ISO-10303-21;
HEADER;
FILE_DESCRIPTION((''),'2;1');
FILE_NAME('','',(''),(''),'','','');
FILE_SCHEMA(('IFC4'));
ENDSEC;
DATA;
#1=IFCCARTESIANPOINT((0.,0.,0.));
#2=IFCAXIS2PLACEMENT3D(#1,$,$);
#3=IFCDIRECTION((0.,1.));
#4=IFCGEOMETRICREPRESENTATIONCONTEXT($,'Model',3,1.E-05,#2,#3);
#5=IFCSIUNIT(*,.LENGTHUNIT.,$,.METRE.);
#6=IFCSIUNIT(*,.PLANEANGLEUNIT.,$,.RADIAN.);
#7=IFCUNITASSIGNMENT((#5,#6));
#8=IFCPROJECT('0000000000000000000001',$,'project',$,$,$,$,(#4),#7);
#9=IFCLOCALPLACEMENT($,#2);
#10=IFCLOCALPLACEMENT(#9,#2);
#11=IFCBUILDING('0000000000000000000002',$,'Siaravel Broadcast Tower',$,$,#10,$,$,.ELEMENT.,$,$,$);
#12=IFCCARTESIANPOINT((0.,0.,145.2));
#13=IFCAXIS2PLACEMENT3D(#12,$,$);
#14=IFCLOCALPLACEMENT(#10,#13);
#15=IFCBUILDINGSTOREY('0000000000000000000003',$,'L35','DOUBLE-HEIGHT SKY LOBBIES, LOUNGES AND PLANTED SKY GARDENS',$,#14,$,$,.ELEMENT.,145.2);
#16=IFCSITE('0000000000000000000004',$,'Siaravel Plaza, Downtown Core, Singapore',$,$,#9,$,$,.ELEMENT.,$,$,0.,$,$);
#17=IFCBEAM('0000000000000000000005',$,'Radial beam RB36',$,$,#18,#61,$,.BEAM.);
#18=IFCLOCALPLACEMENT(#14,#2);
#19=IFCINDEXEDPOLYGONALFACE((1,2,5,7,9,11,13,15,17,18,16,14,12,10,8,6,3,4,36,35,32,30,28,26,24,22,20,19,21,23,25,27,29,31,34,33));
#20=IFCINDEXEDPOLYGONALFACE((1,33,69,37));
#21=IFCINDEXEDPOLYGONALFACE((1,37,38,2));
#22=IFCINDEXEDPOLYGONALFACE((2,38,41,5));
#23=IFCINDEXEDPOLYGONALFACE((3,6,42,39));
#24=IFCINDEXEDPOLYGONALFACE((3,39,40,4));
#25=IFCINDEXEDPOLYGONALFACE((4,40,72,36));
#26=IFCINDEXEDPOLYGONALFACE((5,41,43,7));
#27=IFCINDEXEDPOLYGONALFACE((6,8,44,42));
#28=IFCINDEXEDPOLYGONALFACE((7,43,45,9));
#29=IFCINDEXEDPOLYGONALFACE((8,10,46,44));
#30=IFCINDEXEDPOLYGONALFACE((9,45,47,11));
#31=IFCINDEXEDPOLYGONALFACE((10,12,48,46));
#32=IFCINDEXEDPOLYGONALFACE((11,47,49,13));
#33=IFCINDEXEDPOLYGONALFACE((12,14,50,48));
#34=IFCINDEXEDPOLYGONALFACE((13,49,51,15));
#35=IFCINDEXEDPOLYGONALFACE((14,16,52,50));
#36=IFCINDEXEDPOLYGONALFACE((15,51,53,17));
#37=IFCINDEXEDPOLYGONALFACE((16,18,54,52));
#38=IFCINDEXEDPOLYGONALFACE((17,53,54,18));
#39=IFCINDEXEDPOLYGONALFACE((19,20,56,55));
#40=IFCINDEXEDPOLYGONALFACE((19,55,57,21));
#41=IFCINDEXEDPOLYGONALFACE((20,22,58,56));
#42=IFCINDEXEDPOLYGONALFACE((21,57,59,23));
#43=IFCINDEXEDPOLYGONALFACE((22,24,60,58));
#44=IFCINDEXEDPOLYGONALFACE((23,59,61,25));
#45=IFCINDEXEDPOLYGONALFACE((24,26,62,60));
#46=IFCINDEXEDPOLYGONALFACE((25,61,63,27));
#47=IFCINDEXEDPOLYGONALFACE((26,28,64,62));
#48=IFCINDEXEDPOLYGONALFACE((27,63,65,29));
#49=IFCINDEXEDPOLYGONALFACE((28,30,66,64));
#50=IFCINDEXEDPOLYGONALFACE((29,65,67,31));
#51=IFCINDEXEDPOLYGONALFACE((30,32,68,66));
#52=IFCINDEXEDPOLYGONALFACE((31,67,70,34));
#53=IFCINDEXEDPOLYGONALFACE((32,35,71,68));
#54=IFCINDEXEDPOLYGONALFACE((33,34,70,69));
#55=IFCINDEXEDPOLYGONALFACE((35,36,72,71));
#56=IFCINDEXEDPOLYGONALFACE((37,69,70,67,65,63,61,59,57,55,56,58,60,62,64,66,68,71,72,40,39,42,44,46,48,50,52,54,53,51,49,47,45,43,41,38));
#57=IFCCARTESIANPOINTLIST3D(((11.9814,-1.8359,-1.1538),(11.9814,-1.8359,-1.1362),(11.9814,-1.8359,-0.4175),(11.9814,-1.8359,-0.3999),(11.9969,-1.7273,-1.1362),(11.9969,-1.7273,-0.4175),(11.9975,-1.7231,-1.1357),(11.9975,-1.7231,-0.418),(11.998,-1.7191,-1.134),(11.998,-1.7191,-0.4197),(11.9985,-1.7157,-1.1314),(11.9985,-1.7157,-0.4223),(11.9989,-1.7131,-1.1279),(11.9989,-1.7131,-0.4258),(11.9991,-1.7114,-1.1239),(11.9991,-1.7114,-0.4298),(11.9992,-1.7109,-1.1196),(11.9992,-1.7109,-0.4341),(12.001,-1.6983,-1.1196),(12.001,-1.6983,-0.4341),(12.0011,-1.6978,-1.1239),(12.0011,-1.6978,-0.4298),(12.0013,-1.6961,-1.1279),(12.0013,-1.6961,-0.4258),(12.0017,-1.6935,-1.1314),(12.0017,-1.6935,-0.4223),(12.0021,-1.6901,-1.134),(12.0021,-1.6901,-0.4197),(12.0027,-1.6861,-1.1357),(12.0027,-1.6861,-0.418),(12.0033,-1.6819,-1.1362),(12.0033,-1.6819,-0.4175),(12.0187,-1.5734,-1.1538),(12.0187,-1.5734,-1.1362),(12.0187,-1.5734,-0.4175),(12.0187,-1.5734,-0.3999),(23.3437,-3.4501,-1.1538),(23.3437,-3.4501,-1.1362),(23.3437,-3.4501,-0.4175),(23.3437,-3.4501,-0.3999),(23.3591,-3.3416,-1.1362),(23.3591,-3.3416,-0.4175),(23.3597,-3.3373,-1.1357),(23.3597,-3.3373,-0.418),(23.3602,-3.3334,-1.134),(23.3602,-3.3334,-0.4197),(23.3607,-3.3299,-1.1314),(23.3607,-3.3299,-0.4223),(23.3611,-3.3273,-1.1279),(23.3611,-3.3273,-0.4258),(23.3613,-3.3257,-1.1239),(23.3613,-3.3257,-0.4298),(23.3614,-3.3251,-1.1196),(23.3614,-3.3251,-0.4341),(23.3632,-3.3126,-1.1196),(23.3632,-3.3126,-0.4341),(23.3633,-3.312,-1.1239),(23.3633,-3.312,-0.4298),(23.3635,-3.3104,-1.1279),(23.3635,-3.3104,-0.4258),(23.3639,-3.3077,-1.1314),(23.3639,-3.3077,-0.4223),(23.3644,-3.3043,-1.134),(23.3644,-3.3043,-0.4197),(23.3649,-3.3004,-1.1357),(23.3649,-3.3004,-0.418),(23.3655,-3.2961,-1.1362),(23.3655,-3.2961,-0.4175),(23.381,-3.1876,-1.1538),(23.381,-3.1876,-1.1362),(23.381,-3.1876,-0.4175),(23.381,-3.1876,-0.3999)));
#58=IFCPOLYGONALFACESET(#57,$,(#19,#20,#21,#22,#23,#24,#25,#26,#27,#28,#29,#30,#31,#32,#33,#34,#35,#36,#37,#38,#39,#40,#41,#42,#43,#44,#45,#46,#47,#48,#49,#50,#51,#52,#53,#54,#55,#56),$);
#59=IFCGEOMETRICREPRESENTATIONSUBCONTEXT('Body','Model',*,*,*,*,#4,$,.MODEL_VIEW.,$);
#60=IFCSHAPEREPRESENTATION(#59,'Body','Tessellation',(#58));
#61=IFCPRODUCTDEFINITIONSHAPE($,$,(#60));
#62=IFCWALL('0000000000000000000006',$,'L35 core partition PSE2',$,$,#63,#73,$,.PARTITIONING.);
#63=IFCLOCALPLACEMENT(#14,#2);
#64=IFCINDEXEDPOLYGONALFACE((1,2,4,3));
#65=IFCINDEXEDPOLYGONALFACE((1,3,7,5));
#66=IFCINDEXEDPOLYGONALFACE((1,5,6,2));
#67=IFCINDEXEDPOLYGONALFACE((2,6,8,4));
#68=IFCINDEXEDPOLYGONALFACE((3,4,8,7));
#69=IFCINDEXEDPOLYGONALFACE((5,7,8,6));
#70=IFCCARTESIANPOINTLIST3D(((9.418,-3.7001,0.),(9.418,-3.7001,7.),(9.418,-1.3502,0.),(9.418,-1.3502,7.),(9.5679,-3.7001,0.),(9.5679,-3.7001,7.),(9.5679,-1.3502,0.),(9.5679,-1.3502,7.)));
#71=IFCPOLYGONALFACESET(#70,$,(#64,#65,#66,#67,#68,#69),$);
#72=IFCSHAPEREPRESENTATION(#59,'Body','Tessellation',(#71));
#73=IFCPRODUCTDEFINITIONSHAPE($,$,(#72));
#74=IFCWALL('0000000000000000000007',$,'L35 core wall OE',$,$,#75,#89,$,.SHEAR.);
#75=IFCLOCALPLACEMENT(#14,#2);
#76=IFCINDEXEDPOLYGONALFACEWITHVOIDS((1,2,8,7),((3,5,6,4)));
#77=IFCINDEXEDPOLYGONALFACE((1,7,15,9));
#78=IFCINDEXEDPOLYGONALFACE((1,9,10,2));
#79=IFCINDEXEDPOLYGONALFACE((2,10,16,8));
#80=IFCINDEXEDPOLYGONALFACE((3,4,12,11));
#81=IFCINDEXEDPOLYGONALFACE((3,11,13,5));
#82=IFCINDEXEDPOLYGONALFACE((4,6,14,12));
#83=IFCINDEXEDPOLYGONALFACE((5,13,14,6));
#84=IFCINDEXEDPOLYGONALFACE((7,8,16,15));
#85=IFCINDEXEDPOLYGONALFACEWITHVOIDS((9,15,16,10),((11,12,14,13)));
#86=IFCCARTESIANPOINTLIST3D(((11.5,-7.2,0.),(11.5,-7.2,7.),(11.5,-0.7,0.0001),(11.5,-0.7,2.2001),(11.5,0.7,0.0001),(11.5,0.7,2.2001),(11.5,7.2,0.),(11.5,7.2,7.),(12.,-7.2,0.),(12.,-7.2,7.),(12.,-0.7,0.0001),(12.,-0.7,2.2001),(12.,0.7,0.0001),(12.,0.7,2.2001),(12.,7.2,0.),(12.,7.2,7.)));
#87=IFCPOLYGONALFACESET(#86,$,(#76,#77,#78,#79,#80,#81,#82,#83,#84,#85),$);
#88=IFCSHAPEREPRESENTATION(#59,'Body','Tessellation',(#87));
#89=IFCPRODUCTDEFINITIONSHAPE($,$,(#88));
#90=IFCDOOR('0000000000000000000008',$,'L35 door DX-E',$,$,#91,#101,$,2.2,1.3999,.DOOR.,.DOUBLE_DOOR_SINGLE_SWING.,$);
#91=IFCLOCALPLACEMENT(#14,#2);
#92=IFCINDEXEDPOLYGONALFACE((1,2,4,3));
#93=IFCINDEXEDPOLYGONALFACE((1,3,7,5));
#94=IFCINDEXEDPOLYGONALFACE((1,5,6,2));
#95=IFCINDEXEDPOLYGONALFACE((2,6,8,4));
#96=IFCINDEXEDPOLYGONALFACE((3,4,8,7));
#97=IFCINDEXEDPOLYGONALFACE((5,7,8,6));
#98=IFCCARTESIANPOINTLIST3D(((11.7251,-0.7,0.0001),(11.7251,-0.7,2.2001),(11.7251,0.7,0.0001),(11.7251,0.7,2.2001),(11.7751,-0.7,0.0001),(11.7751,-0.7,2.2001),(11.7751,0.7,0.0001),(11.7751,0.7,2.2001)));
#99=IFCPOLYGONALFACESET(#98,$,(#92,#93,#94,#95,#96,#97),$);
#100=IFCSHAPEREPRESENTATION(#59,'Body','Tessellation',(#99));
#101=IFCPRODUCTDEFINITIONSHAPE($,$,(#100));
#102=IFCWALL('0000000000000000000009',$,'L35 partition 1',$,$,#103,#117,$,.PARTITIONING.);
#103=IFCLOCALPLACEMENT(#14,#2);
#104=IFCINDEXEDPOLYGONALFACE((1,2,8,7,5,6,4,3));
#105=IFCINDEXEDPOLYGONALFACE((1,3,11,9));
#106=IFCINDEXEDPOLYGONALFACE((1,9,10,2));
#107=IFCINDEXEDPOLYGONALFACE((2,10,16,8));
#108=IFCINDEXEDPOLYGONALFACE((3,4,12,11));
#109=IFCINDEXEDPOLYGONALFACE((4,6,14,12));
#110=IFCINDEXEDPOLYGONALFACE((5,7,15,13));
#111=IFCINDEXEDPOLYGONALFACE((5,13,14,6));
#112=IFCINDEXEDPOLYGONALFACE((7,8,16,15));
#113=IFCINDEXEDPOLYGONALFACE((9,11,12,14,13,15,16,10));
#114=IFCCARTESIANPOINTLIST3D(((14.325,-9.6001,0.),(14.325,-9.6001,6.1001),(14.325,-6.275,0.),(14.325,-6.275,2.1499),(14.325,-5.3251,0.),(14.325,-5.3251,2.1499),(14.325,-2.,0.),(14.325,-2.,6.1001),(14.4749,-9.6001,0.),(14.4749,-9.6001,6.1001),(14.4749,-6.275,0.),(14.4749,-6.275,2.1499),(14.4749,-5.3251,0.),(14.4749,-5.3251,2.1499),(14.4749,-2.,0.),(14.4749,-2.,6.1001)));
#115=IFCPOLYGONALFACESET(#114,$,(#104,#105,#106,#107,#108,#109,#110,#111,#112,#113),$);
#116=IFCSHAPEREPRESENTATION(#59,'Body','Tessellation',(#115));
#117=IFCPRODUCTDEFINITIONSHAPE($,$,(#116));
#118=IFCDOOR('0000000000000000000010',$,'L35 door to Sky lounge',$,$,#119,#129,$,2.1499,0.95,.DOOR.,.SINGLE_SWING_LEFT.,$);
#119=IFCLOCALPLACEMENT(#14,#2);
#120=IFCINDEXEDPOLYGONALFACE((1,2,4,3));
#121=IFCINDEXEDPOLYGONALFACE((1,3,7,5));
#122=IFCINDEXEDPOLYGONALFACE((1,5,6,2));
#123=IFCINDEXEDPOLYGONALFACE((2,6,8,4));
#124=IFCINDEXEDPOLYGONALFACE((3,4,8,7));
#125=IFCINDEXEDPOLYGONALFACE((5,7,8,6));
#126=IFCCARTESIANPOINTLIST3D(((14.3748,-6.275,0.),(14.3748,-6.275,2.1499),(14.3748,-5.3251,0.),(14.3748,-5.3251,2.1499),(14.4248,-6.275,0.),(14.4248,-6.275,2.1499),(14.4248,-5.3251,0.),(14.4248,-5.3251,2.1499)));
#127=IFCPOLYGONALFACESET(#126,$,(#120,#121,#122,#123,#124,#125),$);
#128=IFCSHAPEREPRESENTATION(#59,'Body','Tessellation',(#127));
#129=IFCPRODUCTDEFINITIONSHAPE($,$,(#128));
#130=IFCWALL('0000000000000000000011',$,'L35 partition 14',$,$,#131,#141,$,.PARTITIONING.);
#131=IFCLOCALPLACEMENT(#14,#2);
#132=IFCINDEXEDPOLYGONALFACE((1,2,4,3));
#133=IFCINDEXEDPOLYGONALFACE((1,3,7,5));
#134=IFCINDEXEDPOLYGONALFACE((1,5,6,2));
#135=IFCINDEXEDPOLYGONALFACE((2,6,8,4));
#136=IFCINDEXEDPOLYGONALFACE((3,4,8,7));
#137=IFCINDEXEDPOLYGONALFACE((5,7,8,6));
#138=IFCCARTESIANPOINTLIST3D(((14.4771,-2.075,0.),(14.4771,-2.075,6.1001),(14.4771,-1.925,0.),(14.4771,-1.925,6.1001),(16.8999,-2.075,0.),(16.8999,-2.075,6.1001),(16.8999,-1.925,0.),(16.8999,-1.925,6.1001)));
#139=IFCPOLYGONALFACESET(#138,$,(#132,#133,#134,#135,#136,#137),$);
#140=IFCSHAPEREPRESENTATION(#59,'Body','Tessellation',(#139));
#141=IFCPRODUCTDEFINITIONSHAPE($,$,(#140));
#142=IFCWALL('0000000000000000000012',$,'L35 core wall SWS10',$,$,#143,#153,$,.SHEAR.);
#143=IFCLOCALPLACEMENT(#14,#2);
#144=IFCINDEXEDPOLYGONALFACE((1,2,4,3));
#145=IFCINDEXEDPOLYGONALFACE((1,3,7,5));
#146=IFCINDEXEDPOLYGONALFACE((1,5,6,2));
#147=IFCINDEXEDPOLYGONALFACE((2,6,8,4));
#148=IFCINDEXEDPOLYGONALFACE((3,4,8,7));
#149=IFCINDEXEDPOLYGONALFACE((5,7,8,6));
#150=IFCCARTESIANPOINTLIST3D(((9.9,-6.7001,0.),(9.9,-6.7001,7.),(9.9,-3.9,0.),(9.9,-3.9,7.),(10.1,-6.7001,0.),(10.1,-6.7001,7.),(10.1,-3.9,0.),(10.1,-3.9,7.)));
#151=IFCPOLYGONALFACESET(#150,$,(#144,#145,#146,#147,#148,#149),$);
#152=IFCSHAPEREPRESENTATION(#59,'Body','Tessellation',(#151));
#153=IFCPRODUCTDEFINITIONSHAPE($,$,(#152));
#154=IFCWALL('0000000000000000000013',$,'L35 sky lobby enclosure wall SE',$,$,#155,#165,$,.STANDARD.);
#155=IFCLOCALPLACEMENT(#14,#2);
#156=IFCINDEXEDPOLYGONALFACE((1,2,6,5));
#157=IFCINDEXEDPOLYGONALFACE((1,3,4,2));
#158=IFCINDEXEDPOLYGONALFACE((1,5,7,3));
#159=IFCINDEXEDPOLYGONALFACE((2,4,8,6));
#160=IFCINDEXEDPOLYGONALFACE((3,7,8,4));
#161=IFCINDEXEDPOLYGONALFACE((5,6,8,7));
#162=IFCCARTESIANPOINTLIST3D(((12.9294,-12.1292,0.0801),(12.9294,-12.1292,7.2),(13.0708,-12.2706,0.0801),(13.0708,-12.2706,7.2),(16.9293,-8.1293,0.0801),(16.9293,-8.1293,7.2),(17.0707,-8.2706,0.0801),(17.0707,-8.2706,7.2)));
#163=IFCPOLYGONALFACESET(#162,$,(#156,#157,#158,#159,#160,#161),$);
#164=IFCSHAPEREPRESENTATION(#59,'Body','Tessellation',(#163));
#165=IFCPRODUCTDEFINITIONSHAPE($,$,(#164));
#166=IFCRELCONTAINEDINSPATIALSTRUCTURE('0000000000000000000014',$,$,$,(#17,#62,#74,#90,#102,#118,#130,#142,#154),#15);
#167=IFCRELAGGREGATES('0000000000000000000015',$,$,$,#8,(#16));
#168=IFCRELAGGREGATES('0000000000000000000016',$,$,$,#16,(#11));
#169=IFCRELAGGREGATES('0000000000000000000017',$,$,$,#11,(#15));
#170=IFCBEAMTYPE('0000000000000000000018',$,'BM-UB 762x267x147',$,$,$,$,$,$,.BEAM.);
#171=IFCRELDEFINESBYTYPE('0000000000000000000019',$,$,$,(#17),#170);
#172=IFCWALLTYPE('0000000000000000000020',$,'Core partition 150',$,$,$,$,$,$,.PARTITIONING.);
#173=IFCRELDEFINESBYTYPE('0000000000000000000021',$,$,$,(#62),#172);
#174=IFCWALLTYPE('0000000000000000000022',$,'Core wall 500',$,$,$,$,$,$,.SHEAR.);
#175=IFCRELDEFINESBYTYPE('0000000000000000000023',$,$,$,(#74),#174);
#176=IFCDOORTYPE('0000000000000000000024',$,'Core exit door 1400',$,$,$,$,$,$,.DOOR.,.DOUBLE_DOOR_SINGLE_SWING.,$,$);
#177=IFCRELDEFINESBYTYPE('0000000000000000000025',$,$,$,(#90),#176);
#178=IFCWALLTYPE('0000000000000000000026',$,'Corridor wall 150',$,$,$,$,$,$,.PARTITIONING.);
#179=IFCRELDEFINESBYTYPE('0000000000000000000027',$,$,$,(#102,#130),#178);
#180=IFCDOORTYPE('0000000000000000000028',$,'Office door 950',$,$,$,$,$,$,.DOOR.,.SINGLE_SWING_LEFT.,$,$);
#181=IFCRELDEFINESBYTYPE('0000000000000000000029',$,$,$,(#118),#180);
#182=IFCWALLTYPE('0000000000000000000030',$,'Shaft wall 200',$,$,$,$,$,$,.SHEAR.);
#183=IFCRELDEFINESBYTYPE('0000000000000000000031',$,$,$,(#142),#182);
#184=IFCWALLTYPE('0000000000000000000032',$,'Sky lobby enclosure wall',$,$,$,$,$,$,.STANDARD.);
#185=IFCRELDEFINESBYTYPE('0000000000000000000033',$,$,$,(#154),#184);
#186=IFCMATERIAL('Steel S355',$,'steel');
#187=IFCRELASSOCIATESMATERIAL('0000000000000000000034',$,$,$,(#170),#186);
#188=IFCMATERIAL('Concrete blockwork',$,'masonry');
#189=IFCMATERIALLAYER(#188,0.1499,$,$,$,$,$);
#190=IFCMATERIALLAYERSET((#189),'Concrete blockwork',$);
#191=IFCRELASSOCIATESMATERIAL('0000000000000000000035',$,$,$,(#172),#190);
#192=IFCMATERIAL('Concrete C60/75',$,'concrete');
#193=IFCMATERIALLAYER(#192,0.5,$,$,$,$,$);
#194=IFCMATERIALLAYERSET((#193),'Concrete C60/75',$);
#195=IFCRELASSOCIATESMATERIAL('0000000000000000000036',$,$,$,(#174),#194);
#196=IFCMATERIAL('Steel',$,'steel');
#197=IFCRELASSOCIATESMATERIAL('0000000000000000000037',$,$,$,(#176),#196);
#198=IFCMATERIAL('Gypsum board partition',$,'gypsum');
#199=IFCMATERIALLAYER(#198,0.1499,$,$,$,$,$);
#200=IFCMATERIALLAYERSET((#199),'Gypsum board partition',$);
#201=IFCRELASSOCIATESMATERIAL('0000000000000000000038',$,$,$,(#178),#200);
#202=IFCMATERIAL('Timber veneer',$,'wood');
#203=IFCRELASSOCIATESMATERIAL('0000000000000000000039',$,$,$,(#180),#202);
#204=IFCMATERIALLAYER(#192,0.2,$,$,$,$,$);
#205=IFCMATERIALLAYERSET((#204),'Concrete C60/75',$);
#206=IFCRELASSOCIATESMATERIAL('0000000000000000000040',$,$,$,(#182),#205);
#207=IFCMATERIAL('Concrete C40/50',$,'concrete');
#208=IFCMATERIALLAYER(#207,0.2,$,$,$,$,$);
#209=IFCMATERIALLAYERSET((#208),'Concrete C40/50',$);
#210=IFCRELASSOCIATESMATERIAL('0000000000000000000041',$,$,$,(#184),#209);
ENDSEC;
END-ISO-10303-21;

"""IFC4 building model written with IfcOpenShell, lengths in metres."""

from ifc_helpers import new_model, si_unit, direction, frame, frame_2d, origin, origin_2d, place, context, subcontext, project, spatial, rectangle, i_section, extrude, material, layer, layer_set, material_profile, profile_set, type_object, element, fill, save


model = new_model("IFC4")

# Units and contexts
model_context = context("Model", 3, precision=1e-05, world=origin(), true_north=direction((0.0, 1.0)))
body_context = subcontext(model_context, "Body", "Model", "MODEL_VIEW")
ifc_project = project(units=[si_unit("LENGTHUNIT", "METRE"), si_unit("PLANEANGLEUNIT", "RADIAN")], contexts=[model_context])

# Site, building, storey
site_placement = place(None, origin())
site = spatial("IfcSite", under=ifc_project, at=site_placement, Name="Siaravel Plaza, Downtown Core, Singapore", CompositionType="ELEMENT", RefElevation=0.0)
building_placement = place(site_placement, origin())
building = spatial("IfcBuilding", under=site, at=building_placement, Name="Siaravel Broadcast Tower", CompositionType="ELEMENT")
storey_placement = place(building_placement, frame((0.0, 0.0, 145.2)))
storey = spatial("IfcBuildingStorey", under=building, at=storey_placement, Name="L35", Description="DOUBLE-HEIGHT SKY LOBBIES, LOUNGES AND PLANTED SKY GARDENS", CompositionType="ELEMENT", Elevation=145.2)

# Shared definitions
ifc_material_1 = material(Name="Concrete C60/75", Category="concrete")

# Beam
ifc_material_2 = material(Name="Steel S355", Category="steel")
ifc_material_profile_1 = material_profile(ifc_material_2, i_section(OverallWidth=0.2651, OverallDepth=0.7539, WebThickness=0.0127, FlangeThickness=0.0176, FilletRadius=0.0166, at=origin_2d()))
ifc_profile_set_1 = profile_set([ifc_material_profile_1], Name="Steel S355")
beam_type = type_object("IfcBeamType", Name="BM-UB 762x267x147", PredefinedType="BEAM", material=ifc_profile_set_1)
beam_1_placement = place(storey_placement, frame((23.3623, -3.3188, -0.7769), z_axis=(-0.990058, 0.140659, 0.0), x_axis=(-0.140659, -0.990058, 0.0)))
element("IfcBeam", 1, at=beam_1_placement, inside=storey, type_object=beam_type, Name="Radial beam RB36", PredefinedType="BEAM", context=body_context, shape_type="SweptSolid", body=[
    extrude(i_section(OverallWidth=0.2651, OverallDepth=0.7539, WebThickness=0.0127, FlangeThickness=0.0176, FilletRadius=0.0166, at=origin_2d()), origin(), (0.0, 0.0, 1.0), 11.4763),
])

# Wall
ifc_material_3 = material(Name="Concrete blockwork", Category="masonry")
ifc_layer_1 = layer(ifc_material_3, 0.1499)
ifc_layer_set_1 = layer_set([ifc_layer_1], Name="Concrete blockwork")
wall_type_1 = type_object("IfcWallType", Name="Core partition 150", PredefinedType="PARTITIONING", material=ifc_layer_set_1)
wall_1_placement = place(storey_placement, frame((9.4929, -3.7, 0.0), z_axis=(0.0, 0.0, 1.0), x_axis=(0.0, 1.0, 0.0)))
element("IfcWall", 2, at=wall_1_placement, inside=storey, type_object=wall_type_1, Name="L35 core partition PSE2", PredefinedType="PARTITIONING", context=body_context, shape_type="SweptSolid", body=[
    extrude(rectangle(XDim=2.3499, YDim=0.1499, at=frame_2d((1.1748, 0.0))), origin(), (0.0, 0.0, 1.0), 7.0),
])

# Walls, openings, doors
ifc_layer_2 = layer(ifc_material_1, 0.5)
ifc_layer_set_2 = layer_set([ifc_layer_2], Name="Concrete C60/75")
wall_type_2 = type_object("IfcWallType", Name="Core wall 500", PredefinedType="SHEAR", material=ifc_layer_set_2)
wall_2_placement = place(storey_placement, frame((11.75, -7.2, 0.0), z_axis=(0.0, 0.0, 1.0), x_axis=(0.0, 1.0, 0.0)))
wall_2 = element("IfcWall", 3, at=wall_2_placement, inside=storey, type_object=wall_type_2, Name="L35 core wall OE", PredefinedType="SHEAR", context=body_context, shape_type="SweptSolid", body=[
    extrude(rectangle(XDim=14.3999, YDim=0.5, at=frame_2d((7.2, 0.0))), origin(), (0.0, 0.0, 1.0), 7.0),
])
opening_1_placement = place(wall_2_placement, frame((6.5, 0.0, 0.0)))
opening_1 = element("IfcOpeningElement", 4, at=opening_1_placement, cuts=wall_2, PredefinedType="OPENING", context=body_context, shape_type="SweptSolid", body=[
    extrude(rectangle(XDim=1.3999, YDim=2.2, at=frame_2d((0.7, 1.1001))), frame((0.0, 0.26, 0.0), z_axis=(0.0, -1.0, 0.0), x_axis=(1.0, 0.0, 0.0)), (0.0, 0.0, 1.0), 0.52),
])
ifc_material_4 = material(Name="Steel", Category="steel")
door_type_1 = type_object("IfcDoorType", Name="Core exit door 1400", OperationType="DOUBLE_DOOR_SINGLE_SWING", PredefinedType="DOOR", material=ifc_material_4)
door_1_placement = place(opening_1_placement, origin())
door_1 = element("IfcDoor", 5, at=door_1_placement, inside=storey, type_object=door_type_1, Name="L35 door DX-E", OperationType="DOUBLE_DOOR_SINGLE_SWING", OverallHeight=2.2, OverallWidth=1.3999, PredefinedType="DOOR", context=body_context, shape_type="SweptSolid", body=[
    extrude(rectangle(XDim=1.3999, YDim=2.2, at=frame_2d((0.7, 1.1001))), frame((0.0, 0.0249, 0.0), z_axis=(0.0, -1.0, 0.0), x_axis=(1.0, 0.0, 0.0)), (0.0, 0.0, 1.0), 0.05),
])
fill(opening_1, door_1)
ifc_material_5 = material(Name="Gypsum board partition", Category="gypsum")
ifc_layer_3 = layer(ifc_material_5, 0.1499)
ifc_layer_set_3 = layer_set([ifc_layer_3], Name="Gypsum board partition")
wall_type_3 = type_object("IfcWallType", Name="Corridor wall 150", PredefinedType="PARTITIONING", material=ifc_layer_set_3)
wall_3_placement = place(storey_placement, frame((14.3999, -2.0, 0.0), z_axis=(0.0, 0.0, 1.0), x_axis=(0.0, -1.0, 0.0)))
wall_3 = element("IfcWall", 6, at=wall_3_placement, inside=storey, type_object=wall_type_3, Name="L35 partition 1", PredefinedType="PARTITIONING", context=body_context, shape_type="SweptSolid", body=[
    extrude(rectangle(XDim=7.6001, YDim=0.1499, at=frame_2d((3.8, 0.0))), origin(), (0.0, 0.0, 1.0), 6.1001),
])
opening_2_placement = place(wall_3_placement, frame((3.325, 0.0, 0.0)))
opening_2 = element("IfcOpeningElement", 7, at=opening_2_placement, cuts=wall_3, PredefinedType="OPENING", context=body_context, shape_type="SweptSolid", body=[
    extrude(rectangle(XDim=0.95, YDim=2.1499, at=frame_2d((0.4751, 1.075))), frame((0.0, 0.085, 0.0), z_axis=(0.0, -1.0, 0.0), x_axis=(1.0, 0.0, 0.0)), (0.0, 0.0, 1.0), 0.1699),
])
ifc_material_6 = material(Name="Timber veneer", Category="wood")
door_type_2 = type_object("IfcDoorType", Name="Office door 950", OperationType="SINGLE_SWING_LEFT", PredefinedType="DOOR", material=ifc_material_6)
door_2_placement = place(opening_2_placement, origin())
door_2 = element("IfcDoor", 8, at=door_2_placement, inside=storey, type_object=door_type_2, Name="L35 door to Sky lounge", OperationType="SINGLE_SWING_LEFT", OverallHeight=2.1499, OverallWidth=0.95, PredefinedType="DOOR", context=body_context, shape_type="SweptSolid", body=[
    extrude(rectangle(XDim=0.95, YDim=2.1499, at=frame_2d((0.4751, 1.075))), frame((0.0, 0.0249, 0.0), z_axis=(0.0, -1.0, 0.0), x_axis=(1.0, 0.0, 0.0)), (0.0, 0.0, 1.0), 0.05),
])
fill(opening_2, door_2)

# Walls
wall_4_placement = place(storey_placement, frame((16.8999, -2.0, 0.0), z_axis=(0.0, 0.0, 1.0), x_axis=(-1.0, 0.0, 0.0)))
element("IfcWall", 9, at=wall_4_placement, inside=storey, type_object=wall_type_3, Name="L35 partition 14", PredefinedType="PARTITIONING", context=body_context, shape_type="SweptSolid", body=[
    extrude(rectangle(XDim=2.4229, YDim=0.1499, at=frame_2d((1.2114, 0.0))), origin(), (0.0, 0.0, 1.0), 6.1001),
])
ifc_layer_4 = layer(ifc_material_1, 0.2)
ifc_layer_set_4 = layer_set([ifc_layer_4], Name="Concrete C60/75")
wall_type_4 = type_object("IfcWallType", Name="Shaft wall 200", PredefinedType="SHEAR", material=ifc_layer_set_4)
wall_5_placement = place(storey_placement, frame((10.0, -6.7, 0.0), z_axis=(0.0, 0.0, 1.0), x_axis=(0.0, 1.0, 0.0)))
element("IfcWall", 10, at=wall_5_placement, inside=storey, type_object=wall_type_4, Name="L35 core wall SWS10", PredefinedType="SHEAR", context=body_context, shape_type="SweptSolid", body=[
    extrude(rectangle(XDim=2.8, YDim=0.2, at=frame_2d((1.3999, 0.0))), origin(), (0.0, 0.0, 1.0), 7.0),
])
ifc_material_7 = material(Name="Concrete C40/50", Category="concrete")
ifc_layer_5 = layer(ifc_material_7, 0.2)
ifc_layer_set_5 = layer_set([ifc_layer_5], Name="Concrete C40/50")
wall_type_5 = type_object("IfcWallType", Name="Sky lobby enclosure wall", PredefinedType="STANDARD", material=ifc_layer_set_5)
wall_6_placement = place(storey_placement, frame((17.0, -8.2, 0.0801), z_axis=(0.0, 0.0, 1.0), x_axis=(-0.707107, -0.707107, 0.0)))
element("IfcWall", 11, at=wall_6_placement, inside=storey, type_object=wall_type_5, Name="L35 sky lobby enclosure wall SE", PredefinedType="STANDARD", context=body_context, shape_type="SweptSolid", body=[
    extrude(rectangle(XDim=5.6567, YDim=0.2, at=frame_2d((2.8284, 0.0))), origin(), (0.0, 0.0, 1.0), 7.1199),
])

save(model, "model.ifc")
